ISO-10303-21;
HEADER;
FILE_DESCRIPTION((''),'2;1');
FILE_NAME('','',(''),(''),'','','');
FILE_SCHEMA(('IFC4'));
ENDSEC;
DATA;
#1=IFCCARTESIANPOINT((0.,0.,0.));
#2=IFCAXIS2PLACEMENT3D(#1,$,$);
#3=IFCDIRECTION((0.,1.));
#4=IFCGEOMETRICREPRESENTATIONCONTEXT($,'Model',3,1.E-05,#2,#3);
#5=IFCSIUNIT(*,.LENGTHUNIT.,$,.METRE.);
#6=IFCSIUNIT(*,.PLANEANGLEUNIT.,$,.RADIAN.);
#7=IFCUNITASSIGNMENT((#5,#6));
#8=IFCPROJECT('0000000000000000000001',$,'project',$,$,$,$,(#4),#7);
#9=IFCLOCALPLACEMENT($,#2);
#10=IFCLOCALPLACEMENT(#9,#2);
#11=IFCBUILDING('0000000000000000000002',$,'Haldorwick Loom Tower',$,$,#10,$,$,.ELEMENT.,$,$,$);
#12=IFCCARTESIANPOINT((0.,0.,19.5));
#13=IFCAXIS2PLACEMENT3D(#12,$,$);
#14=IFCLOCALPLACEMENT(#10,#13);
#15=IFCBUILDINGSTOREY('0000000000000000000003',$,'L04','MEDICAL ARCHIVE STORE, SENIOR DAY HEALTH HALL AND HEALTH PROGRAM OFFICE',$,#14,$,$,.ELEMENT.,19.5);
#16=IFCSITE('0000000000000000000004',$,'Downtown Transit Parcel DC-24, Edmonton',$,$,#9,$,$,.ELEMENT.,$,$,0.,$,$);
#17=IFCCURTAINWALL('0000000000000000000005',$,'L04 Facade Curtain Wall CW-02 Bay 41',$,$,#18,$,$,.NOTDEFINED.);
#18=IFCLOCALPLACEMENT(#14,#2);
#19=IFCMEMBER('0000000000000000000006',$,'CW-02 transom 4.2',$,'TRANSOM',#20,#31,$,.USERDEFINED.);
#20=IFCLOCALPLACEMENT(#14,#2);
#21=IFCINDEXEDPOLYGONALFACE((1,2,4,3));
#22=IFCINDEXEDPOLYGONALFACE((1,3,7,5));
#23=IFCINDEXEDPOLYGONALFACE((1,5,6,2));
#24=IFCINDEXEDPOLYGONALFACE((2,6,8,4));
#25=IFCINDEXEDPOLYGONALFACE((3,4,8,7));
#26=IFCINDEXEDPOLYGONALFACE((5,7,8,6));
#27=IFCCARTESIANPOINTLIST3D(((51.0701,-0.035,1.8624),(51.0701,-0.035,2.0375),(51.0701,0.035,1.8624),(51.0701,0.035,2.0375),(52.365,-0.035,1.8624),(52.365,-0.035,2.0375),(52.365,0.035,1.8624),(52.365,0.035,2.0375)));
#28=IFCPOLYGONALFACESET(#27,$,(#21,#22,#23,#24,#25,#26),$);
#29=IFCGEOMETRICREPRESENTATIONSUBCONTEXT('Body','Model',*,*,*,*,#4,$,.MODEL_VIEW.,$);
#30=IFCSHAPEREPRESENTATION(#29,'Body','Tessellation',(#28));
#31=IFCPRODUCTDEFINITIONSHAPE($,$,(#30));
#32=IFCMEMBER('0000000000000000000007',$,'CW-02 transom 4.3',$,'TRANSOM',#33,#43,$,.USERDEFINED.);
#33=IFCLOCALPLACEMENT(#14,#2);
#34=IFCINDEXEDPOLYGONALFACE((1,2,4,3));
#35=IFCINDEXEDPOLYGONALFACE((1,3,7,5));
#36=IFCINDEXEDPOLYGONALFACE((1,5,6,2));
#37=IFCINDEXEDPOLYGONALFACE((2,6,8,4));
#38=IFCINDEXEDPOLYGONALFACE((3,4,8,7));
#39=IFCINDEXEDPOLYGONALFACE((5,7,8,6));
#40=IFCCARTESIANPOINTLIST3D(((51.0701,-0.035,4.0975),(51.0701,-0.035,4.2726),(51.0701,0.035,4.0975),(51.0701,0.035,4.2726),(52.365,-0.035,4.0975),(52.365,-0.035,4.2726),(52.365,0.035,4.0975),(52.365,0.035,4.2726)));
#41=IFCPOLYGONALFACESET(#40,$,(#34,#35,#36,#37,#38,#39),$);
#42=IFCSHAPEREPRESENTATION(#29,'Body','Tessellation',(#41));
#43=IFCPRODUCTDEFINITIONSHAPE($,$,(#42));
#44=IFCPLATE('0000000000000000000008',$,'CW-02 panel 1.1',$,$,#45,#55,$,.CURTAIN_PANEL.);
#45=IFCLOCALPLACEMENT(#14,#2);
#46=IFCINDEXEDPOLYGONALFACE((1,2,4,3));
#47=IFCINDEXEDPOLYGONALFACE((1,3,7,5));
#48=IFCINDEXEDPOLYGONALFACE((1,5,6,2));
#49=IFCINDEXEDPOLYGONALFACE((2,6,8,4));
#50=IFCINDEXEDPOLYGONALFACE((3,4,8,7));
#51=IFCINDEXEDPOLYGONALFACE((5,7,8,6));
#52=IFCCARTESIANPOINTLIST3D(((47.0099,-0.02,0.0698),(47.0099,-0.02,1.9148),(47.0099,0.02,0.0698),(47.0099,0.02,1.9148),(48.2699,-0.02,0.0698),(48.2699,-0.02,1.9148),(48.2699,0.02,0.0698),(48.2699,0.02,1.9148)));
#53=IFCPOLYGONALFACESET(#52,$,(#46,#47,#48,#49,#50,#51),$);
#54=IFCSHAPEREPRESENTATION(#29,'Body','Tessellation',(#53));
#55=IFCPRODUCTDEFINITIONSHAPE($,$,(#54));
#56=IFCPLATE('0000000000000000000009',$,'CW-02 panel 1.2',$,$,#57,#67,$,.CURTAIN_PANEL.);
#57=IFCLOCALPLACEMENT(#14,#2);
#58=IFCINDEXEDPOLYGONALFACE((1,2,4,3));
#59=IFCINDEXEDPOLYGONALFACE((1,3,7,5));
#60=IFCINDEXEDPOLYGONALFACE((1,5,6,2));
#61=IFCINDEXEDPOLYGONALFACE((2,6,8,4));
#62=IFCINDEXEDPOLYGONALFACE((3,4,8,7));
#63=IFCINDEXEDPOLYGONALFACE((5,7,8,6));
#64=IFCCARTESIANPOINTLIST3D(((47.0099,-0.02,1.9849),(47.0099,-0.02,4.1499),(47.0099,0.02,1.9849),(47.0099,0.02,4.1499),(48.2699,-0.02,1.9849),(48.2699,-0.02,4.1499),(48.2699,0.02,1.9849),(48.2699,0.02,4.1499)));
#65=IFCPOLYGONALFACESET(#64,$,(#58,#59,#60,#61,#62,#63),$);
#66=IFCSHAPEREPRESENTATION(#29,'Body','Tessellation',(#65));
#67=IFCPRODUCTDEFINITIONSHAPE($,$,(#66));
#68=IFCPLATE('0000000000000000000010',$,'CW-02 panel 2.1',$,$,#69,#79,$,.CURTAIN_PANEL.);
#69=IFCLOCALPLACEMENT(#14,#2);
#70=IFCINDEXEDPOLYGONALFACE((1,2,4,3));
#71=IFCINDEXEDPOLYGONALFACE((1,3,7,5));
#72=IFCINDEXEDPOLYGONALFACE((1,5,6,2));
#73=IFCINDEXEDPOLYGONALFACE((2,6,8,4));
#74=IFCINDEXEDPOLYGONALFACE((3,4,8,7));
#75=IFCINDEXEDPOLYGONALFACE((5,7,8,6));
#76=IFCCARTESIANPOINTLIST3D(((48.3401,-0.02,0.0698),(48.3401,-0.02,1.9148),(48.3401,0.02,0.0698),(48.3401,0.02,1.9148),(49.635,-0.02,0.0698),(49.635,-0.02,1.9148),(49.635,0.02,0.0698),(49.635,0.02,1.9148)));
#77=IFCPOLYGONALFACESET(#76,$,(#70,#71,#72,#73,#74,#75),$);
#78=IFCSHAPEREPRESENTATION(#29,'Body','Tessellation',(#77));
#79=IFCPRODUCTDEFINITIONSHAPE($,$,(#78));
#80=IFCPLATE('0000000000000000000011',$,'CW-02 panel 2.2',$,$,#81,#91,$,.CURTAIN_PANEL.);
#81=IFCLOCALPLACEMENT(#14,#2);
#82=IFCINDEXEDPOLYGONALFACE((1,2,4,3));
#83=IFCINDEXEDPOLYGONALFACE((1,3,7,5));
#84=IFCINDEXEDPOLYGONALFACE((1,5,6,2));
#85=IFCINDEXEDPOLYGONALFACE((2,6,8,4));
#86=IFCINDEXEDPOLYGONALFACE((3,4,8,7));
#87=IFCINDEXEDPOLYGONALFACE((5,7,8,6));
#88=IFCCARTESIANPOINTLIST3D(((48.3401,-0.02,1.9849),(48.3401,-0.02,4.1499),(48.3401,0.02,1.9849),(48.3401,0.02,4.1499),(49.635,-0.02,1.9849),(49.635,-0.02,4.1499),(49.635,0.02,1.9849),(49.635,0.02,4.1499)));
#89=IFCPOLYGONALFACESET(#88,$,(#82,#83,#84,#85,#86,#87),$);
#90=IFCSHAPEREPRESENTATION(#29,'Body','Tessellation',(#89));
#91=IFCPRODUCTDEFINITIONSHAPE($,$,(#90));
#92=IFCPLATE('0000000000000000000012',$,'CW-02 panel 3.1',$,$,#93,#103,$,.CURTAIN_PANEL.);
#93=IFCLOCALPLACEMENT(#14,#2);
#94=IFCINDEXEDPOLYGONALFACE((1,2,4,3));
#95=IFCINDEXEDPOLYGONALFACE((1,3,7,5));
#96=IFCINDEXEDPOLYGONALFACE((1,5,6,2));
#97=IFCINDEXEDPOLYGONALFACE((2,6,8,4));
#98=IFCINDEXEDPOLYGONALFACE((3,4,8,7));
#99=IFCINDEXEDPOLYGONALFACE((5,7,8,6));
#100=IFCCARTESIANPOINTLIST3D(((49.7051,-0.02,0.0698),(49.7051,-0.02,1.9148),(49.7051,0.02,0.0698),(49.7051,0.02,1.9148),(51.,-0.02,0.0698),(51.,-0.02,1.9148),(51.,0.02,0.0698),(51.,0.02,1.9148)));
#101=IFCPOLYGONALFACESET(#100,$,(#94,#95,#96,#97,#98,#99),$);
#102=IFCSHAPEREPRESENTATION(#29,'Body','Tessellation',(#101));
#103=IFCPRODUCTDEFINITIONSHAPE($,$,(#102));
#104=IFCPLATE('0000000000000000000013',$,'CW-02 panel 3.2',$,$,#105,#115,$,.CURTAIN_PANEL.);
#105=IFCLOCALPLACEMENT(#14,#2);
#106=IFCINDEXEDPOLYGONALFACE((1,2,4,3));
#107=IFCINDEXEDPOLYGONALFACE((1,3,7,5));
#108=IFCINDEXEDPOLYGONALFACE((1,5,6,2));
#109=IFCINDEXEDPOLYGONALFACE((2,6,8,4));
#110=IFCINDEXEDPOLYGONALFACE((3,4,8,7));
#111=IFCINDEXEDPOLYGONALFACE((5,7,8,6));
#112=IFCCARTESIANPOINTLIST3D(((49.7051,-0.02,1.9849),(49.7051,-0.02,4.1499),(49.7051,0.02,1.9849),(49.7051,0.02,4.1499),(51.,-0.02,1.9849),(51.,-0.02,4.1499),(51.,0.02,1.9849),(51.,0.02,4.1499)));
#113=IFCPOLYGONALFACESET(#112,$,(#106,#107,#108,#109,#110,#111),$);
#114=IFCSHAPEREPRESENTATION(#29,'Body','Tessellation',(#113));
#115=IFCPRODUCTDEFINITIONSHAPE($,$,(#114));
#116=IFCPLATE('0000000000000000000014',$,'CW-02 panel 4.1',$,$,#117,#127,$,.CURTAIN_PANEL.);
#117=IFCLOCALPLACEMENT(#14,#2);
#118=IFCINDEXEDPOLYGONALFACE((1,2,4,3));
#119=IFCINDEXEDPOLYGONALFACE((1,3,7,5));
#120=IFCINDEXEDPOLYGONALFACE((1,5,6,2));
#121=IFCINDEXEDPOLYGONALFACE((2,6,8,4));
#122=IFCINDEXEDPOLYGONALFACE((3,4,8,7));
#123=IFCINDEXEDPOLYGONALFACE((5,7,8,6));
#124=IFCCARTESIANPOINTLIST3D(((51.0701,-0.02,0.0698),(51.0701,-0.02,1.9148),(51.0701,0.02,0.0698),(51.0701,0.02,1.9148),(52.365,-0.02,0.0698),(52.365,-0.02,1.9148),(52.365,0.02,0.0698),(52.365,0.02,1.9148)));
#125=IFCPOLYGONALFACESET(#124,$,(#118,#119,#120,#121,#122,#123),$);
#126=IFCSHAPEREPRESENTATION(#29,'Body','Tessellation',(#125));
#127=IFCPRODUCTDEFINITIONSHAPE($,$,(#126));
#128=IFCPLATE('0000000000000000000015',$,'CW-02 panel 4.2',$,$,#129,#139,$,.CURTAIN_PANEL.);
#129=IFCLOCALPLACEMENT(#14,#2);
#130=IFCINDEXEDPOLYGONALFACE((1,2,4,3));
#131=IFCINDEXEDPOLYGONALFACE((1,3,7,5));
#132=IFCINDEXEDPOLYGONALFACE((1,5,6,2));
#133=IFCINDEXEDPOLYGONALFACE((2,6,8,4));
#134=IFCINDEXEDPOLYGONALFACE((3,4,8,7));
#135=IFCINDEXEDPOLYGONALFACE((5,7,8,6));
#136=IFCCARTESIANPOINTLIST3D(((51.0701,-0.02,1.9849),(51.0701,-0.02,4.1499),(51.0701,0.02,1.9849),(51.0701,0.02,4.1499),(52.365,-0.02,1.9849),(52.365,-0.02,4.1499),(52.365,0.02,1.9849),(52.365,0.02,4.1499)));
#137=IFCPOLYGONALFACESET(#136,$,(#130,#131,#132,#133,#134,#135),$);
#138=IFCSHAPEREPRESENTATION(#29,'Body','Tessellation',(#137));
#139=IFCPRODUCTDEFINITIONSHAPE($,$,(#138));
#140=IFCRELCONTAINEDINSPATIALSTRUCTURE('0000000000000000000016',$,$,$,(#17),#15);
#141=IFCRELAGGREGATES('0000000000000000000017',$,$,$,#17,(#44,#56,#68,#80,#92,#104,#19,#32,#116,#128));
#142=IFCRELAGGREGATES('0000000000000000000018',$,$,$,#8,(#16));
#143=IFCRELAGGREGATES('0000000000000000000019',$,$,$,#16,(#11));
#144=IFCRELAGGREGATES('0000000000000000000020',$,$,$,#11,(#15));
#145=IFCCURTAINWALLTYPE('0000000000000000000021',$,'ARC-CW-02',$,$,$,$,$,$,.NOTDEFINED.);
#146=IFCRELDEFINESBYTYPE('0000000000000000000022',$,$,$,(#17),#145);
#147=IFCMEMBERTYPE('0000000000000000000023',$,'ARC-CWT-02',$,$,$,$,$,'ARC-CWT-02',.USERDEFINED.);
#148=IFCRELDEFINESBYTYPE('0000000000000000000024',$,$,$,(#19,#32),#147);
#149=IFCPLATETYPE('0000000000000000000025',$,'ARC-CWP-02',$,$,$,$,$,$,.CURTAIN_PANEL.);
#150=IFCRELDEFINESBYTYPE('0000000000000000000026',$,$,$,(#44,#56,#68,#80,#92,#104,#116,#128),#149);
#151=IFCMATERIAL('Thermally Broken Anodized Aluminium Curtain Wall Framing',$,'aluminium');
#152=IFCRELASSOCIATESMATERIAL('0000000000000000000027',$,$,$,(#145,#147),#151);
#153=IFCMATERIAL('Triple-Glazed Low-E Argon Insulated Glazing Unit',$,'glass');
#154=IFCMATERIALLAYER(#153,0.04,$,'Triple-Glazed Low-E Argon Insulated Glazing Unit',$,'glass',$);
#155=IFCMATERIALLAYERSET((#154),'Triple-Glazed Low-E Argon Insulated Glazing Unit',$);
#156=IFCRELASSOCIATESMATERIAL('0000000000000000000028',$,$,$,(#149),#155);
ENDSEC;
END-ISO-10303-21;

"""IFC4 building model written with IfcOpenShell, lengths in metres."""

from ifc_helpers import new_model, si_unit, direction, frame, origin, origin_2d, place, context, subcontext, project, spatial, rectangle, extrude, material, layer, layer_set, material_profile, profile_set, type_object, element, aggregate, save


model = new_model("IFC4")

# Units and contexts
model_context = context("Model", 3, precision=1e-05, world=origin(), true_north=direction((0.0, 1.0)))
body_context = subcontext(model_context, "Body", "Model", "MODEL_VIEW")
ifc_project = project(units=[si_unit("LENGTHUNIT", "METRE"), si_unit("PLANEANGLEUNIT", "RADIAN")], contexts=[model_context])

# Site, building, storey
site_placement = place(None, origin())
site = spatial("IfcSite", under=ifc_project, at=site_placement, Name="Downtown Transit Parcel DC-24, Edmonton", CompositionType="ELEMENT", RefElevation=0.0)
building_placement = place(site_placement, origin())
building = spatial("IfcBuilding", under=site, at=building_placement, Name="Haldorwick Loom Tower", CompositionType="ELEMENT")
storey_placement = place(building_placement, frame((0.0, 0.0, 19.5)))
storey = spatial("IfcBuildingStorey", under=building, at=storey_placement, Name="L04", Description="MEDICAL ARCHIVE STORE, SENIOR DAY HEALTH HALL AND HEALTH PROGRAM OFFICE", CompositionType="ELEMENT", Elevation=19.5)

# Shared definitions
ifc_material_1 = material(Name="Thermally Broken Anodized Aluminium Curtain Wall Framing", Category="aluminium")
curtain_wall_type = type_object("IfcCurtainWallType", Name="ARC-CW-02", PredefinedType="NOTDEFINED", material=ifc_material_1)

# Curtain wall, members, plates
curtain_wall_1_placement = place(storey_placement, origin())
curtain_wall_1 = element("IfcCurtainWall", 1, at=curtain_wall_1_placement, inside=storey, type_object=curtain_wall_type, Name="L04 Facade Curtain Wall CW-02 Bay 41", PredefinedType="NOTDEFINED")
ifc_material_profile_1 = material_profile(ifc_material_1, rectangle(XDim=0.0701, YDim=0.175, at=origin_2d()), Name="ALU_TRN_70X175", Category="aluminium")
ifc_profile_set_1 = profile_set([ifc_material_profile_1], Name="Thermally Broken Anodized Aluminium Curtain Wall Framing")
member_type_1 = type_object("IfcMemberType", Name="ARC-CWT-02", ElementType="ARC-CWT-02", PredefinedType="USERDEFINED", material=ifc_profile_set_1)
member_1_placement = place(storey_placement, frame((51.0701, 0.0, 1.95), z_axis=(1.0, 0.0, 0.0), x_axis=(0.0, 1.0, 0.0)))
member_1 = element("IfcMember", 2, at=member_1_placement, type_object=member_type_1, Name="CW-02 transom 4.2", ObjectType="TRANSOM", PredefinedType="USERDEFINED", context=body_context, shape_type="SweptSolid", body=[
    extrude(rectangle(XDim=0.0701, YDim=0.175, at=origin_2d()), origin(), (0.0, 0.0, 1.0), 1.2949),
])
member_2_placement = place(storey_placement, frame((51.0701, 0.0, 4.1851), z_axis=(1.0, 0.0, 0.0), x_axis=(0.0, 1.0, 0.0)))
member_2 = element("IfcMember", 3, at=member_2_placement, type_object=member_type_1, Name="CW-02 transom 4.3", ObjectType="TRANSOM", PredefinedType="USERDEFINED", context=body_context, shape_type="SweptSolid", body=[
    extrude(rectangle(XDim=0.0701, YDim=0.175, at=origin_2d()), origin(), (0.0, 0.0, 1.0), 1.2949),
])
ifc_material_2 = material(Name="Triple-Glazed Low-E Argon Insulated Glazing Unit", Category="glass")
ifc_layer = layer(ifc_material_2, 0.04, Name="Triple-Glazed Low-E Argon Insulated Glazing Unit", Category="glass")
ifc_layer_set = layer_set([ifc_layer], Name="Triple-Glazed Low-E Argon Insulated Glazing Unit")
plate_type = type_object("IfcPlateType", Name="ARC-CWP-02", PredefinedType="CURTAIN_PANEL", material=ifc_layer_set)
plate_1_placement = place(storey_placement, frame((47.6399, 0.0, 0.0698), z_axis=(0.0, 0.0, 1.0), x_axis=(1.0, 0.0, 0.0)))
plate_1 = element("IfcPlate", 4, at=plate_1_placement, type_object=plate_type, Name="CW-02 panel 1.1", PredefinedType="CURTAIN_PANEL", context=body_context, shape_type="SweptSolid", body=[
    extrude(rectangle(XDim=1.26, YDim=0.04, at=origin_2d()), origin(), (0.0, 0.0, 1.0), 1.845),
])
plate_2_placement = place(storey_placement, frame((47.6399, 0.0, 1.9849), z_axis=(0.0, 0.0, 1.0), x_axis=(1.0, 0.0, 0.0)))
plate_2 = element("IfcPlate", 5, at=plate_2_placement, type_object=plate_type, Name="CW-02 panel 1.2", PredefinedType="CURTAIN_PANEL", context=body_context, shape_type="SweptSolid", body=[
    extrude(rectangle(XDim=1.26, YDim=0.04, at=origin_2d()), origin(), (0.0, 0.0, 1.0), 2.165),
])
plate_3_placement = place(storey_placement, frame((48.9875, 0.0, 0.0698), z_axis=(0.0, 0.0, 1.0), x_axis=(1.0, 0.0, 0.0)))
plate_3 = element("IfcPlate", 6, at=plate_3_placement, type_object=plate_type, Name="CW-02 panel 2.1", PredefinedType="CURTAIN_PANEL", context=body_context, shape_type="SweptSolid", body=[
    extrude(rectangle(XDim=1.2949, YDim=0.04, at=origin_2d()), origin(), (0.0, 0.0, 1.0), 1.845),
])
plate_4_placement = place(storey_placement, frame((48.9875, 0.0, 1.9849), z_axis=(0.0, 0.0, 1.0), x_axis=(1.0, 0.0, 0.0)))
plate_4 = element("IfcPlate", 7, at=plate_4_placement, type_object=plate_type, Name="CW-02 panel 2.2", PredefinedType="CURTAIN_PANEL", context=body_context, shape_type="SweptSolid", body=[
    extrude(rectangle(XDim=1.2949, YDim=0.04, at=origin_2d()), origin(), (0.0, 0.0, 1.0), 2.165),
])
plate_5_placement = place(storey_placement, frame((50.3525, 0.0, 0.0698), z_axis=(0.0, 0.0, 1.0), x_axis=(1.0, 0.0, 0.0)))
plate_5 = element("IfcPlate", 8, at=plate_5_placement, type_object=plate_type, Name="CW-02 panel 3.1", PredefinedType="CURTAIN_PANEL", context=body_context, shape_type="SweptSolid", body=[
    extrude(rectangle(XDim=1.2949, YDim=0.04, at=origin_2d()), origin(), (0.0, 0.0, 1.0), 1.845),
])
plate_6_placement = place(storey_placement, frame((50.3525, 0.0, 1.9849), z_axis=(0.0, 0.0, 1.0), x_axis=(1.0, 0.0, 0.0)))
plate_6 = element("IfcPlate", 9, at=plate_6_placement, type_object=plate_type, Name="CW-02 panel 3.2", PredefinedType="CURTAIN_PANEL", context=body_context, shape_type="SweptSolid", body=[
    extrude(rectangle(XDim=1.2949, YDim=0.04, at=origin_2d()), origin(), (0.0, 0.0, 1.0), 2.165),
])
plate_7_placement = place(storey_placement, frame((51.7175, 0.0, 0.0698), z_axis=(0.0, 0.0, 1.0), x_axis=(1.0, 0.0, 0.0)))
plate_7 = element("IfcPlate", 10, at=plate_7_placement, type_object=plate_type, Name="CW-02 panel 4.1", PredefinedType="CURTAIN_PANEL", context=body_context, shape_type="SweptSolid", body=[
    extrude(rectangle(XDim=1.2949, YDim=0.04, at=origin_2d()), origin(), (0.0, 0.0, 1.0), 1.845),
])
plate_8_placement = place(storey_placement, frame((51.7175, 0.0, 1.9849), z_axis=(0.0, 0.0, 1.0), x_axis=(1.0, 0.0, 0.0)))
plate_8 = element("IfcPlate", 11, at=plate_8_placement, type_object=plate_type, Name="CW-02 panel 4.2", PredefinedType="CURTAIN_PANEL", context=body_context, shape_type="SweptSolid", body=[
    extrude(rectangle(XDim=1.2949, YDim=0.04, at=origin_2d()), origin(), (0.0, 0.0, 1.0), 2.165),
])
aggregate(curtain_wall_1, [plate_1, plate_2, plate_3, plate_4, plate_5, plate_6, member_1, member_2, plate_7, plate_8])

save(model, "model.ifc")
